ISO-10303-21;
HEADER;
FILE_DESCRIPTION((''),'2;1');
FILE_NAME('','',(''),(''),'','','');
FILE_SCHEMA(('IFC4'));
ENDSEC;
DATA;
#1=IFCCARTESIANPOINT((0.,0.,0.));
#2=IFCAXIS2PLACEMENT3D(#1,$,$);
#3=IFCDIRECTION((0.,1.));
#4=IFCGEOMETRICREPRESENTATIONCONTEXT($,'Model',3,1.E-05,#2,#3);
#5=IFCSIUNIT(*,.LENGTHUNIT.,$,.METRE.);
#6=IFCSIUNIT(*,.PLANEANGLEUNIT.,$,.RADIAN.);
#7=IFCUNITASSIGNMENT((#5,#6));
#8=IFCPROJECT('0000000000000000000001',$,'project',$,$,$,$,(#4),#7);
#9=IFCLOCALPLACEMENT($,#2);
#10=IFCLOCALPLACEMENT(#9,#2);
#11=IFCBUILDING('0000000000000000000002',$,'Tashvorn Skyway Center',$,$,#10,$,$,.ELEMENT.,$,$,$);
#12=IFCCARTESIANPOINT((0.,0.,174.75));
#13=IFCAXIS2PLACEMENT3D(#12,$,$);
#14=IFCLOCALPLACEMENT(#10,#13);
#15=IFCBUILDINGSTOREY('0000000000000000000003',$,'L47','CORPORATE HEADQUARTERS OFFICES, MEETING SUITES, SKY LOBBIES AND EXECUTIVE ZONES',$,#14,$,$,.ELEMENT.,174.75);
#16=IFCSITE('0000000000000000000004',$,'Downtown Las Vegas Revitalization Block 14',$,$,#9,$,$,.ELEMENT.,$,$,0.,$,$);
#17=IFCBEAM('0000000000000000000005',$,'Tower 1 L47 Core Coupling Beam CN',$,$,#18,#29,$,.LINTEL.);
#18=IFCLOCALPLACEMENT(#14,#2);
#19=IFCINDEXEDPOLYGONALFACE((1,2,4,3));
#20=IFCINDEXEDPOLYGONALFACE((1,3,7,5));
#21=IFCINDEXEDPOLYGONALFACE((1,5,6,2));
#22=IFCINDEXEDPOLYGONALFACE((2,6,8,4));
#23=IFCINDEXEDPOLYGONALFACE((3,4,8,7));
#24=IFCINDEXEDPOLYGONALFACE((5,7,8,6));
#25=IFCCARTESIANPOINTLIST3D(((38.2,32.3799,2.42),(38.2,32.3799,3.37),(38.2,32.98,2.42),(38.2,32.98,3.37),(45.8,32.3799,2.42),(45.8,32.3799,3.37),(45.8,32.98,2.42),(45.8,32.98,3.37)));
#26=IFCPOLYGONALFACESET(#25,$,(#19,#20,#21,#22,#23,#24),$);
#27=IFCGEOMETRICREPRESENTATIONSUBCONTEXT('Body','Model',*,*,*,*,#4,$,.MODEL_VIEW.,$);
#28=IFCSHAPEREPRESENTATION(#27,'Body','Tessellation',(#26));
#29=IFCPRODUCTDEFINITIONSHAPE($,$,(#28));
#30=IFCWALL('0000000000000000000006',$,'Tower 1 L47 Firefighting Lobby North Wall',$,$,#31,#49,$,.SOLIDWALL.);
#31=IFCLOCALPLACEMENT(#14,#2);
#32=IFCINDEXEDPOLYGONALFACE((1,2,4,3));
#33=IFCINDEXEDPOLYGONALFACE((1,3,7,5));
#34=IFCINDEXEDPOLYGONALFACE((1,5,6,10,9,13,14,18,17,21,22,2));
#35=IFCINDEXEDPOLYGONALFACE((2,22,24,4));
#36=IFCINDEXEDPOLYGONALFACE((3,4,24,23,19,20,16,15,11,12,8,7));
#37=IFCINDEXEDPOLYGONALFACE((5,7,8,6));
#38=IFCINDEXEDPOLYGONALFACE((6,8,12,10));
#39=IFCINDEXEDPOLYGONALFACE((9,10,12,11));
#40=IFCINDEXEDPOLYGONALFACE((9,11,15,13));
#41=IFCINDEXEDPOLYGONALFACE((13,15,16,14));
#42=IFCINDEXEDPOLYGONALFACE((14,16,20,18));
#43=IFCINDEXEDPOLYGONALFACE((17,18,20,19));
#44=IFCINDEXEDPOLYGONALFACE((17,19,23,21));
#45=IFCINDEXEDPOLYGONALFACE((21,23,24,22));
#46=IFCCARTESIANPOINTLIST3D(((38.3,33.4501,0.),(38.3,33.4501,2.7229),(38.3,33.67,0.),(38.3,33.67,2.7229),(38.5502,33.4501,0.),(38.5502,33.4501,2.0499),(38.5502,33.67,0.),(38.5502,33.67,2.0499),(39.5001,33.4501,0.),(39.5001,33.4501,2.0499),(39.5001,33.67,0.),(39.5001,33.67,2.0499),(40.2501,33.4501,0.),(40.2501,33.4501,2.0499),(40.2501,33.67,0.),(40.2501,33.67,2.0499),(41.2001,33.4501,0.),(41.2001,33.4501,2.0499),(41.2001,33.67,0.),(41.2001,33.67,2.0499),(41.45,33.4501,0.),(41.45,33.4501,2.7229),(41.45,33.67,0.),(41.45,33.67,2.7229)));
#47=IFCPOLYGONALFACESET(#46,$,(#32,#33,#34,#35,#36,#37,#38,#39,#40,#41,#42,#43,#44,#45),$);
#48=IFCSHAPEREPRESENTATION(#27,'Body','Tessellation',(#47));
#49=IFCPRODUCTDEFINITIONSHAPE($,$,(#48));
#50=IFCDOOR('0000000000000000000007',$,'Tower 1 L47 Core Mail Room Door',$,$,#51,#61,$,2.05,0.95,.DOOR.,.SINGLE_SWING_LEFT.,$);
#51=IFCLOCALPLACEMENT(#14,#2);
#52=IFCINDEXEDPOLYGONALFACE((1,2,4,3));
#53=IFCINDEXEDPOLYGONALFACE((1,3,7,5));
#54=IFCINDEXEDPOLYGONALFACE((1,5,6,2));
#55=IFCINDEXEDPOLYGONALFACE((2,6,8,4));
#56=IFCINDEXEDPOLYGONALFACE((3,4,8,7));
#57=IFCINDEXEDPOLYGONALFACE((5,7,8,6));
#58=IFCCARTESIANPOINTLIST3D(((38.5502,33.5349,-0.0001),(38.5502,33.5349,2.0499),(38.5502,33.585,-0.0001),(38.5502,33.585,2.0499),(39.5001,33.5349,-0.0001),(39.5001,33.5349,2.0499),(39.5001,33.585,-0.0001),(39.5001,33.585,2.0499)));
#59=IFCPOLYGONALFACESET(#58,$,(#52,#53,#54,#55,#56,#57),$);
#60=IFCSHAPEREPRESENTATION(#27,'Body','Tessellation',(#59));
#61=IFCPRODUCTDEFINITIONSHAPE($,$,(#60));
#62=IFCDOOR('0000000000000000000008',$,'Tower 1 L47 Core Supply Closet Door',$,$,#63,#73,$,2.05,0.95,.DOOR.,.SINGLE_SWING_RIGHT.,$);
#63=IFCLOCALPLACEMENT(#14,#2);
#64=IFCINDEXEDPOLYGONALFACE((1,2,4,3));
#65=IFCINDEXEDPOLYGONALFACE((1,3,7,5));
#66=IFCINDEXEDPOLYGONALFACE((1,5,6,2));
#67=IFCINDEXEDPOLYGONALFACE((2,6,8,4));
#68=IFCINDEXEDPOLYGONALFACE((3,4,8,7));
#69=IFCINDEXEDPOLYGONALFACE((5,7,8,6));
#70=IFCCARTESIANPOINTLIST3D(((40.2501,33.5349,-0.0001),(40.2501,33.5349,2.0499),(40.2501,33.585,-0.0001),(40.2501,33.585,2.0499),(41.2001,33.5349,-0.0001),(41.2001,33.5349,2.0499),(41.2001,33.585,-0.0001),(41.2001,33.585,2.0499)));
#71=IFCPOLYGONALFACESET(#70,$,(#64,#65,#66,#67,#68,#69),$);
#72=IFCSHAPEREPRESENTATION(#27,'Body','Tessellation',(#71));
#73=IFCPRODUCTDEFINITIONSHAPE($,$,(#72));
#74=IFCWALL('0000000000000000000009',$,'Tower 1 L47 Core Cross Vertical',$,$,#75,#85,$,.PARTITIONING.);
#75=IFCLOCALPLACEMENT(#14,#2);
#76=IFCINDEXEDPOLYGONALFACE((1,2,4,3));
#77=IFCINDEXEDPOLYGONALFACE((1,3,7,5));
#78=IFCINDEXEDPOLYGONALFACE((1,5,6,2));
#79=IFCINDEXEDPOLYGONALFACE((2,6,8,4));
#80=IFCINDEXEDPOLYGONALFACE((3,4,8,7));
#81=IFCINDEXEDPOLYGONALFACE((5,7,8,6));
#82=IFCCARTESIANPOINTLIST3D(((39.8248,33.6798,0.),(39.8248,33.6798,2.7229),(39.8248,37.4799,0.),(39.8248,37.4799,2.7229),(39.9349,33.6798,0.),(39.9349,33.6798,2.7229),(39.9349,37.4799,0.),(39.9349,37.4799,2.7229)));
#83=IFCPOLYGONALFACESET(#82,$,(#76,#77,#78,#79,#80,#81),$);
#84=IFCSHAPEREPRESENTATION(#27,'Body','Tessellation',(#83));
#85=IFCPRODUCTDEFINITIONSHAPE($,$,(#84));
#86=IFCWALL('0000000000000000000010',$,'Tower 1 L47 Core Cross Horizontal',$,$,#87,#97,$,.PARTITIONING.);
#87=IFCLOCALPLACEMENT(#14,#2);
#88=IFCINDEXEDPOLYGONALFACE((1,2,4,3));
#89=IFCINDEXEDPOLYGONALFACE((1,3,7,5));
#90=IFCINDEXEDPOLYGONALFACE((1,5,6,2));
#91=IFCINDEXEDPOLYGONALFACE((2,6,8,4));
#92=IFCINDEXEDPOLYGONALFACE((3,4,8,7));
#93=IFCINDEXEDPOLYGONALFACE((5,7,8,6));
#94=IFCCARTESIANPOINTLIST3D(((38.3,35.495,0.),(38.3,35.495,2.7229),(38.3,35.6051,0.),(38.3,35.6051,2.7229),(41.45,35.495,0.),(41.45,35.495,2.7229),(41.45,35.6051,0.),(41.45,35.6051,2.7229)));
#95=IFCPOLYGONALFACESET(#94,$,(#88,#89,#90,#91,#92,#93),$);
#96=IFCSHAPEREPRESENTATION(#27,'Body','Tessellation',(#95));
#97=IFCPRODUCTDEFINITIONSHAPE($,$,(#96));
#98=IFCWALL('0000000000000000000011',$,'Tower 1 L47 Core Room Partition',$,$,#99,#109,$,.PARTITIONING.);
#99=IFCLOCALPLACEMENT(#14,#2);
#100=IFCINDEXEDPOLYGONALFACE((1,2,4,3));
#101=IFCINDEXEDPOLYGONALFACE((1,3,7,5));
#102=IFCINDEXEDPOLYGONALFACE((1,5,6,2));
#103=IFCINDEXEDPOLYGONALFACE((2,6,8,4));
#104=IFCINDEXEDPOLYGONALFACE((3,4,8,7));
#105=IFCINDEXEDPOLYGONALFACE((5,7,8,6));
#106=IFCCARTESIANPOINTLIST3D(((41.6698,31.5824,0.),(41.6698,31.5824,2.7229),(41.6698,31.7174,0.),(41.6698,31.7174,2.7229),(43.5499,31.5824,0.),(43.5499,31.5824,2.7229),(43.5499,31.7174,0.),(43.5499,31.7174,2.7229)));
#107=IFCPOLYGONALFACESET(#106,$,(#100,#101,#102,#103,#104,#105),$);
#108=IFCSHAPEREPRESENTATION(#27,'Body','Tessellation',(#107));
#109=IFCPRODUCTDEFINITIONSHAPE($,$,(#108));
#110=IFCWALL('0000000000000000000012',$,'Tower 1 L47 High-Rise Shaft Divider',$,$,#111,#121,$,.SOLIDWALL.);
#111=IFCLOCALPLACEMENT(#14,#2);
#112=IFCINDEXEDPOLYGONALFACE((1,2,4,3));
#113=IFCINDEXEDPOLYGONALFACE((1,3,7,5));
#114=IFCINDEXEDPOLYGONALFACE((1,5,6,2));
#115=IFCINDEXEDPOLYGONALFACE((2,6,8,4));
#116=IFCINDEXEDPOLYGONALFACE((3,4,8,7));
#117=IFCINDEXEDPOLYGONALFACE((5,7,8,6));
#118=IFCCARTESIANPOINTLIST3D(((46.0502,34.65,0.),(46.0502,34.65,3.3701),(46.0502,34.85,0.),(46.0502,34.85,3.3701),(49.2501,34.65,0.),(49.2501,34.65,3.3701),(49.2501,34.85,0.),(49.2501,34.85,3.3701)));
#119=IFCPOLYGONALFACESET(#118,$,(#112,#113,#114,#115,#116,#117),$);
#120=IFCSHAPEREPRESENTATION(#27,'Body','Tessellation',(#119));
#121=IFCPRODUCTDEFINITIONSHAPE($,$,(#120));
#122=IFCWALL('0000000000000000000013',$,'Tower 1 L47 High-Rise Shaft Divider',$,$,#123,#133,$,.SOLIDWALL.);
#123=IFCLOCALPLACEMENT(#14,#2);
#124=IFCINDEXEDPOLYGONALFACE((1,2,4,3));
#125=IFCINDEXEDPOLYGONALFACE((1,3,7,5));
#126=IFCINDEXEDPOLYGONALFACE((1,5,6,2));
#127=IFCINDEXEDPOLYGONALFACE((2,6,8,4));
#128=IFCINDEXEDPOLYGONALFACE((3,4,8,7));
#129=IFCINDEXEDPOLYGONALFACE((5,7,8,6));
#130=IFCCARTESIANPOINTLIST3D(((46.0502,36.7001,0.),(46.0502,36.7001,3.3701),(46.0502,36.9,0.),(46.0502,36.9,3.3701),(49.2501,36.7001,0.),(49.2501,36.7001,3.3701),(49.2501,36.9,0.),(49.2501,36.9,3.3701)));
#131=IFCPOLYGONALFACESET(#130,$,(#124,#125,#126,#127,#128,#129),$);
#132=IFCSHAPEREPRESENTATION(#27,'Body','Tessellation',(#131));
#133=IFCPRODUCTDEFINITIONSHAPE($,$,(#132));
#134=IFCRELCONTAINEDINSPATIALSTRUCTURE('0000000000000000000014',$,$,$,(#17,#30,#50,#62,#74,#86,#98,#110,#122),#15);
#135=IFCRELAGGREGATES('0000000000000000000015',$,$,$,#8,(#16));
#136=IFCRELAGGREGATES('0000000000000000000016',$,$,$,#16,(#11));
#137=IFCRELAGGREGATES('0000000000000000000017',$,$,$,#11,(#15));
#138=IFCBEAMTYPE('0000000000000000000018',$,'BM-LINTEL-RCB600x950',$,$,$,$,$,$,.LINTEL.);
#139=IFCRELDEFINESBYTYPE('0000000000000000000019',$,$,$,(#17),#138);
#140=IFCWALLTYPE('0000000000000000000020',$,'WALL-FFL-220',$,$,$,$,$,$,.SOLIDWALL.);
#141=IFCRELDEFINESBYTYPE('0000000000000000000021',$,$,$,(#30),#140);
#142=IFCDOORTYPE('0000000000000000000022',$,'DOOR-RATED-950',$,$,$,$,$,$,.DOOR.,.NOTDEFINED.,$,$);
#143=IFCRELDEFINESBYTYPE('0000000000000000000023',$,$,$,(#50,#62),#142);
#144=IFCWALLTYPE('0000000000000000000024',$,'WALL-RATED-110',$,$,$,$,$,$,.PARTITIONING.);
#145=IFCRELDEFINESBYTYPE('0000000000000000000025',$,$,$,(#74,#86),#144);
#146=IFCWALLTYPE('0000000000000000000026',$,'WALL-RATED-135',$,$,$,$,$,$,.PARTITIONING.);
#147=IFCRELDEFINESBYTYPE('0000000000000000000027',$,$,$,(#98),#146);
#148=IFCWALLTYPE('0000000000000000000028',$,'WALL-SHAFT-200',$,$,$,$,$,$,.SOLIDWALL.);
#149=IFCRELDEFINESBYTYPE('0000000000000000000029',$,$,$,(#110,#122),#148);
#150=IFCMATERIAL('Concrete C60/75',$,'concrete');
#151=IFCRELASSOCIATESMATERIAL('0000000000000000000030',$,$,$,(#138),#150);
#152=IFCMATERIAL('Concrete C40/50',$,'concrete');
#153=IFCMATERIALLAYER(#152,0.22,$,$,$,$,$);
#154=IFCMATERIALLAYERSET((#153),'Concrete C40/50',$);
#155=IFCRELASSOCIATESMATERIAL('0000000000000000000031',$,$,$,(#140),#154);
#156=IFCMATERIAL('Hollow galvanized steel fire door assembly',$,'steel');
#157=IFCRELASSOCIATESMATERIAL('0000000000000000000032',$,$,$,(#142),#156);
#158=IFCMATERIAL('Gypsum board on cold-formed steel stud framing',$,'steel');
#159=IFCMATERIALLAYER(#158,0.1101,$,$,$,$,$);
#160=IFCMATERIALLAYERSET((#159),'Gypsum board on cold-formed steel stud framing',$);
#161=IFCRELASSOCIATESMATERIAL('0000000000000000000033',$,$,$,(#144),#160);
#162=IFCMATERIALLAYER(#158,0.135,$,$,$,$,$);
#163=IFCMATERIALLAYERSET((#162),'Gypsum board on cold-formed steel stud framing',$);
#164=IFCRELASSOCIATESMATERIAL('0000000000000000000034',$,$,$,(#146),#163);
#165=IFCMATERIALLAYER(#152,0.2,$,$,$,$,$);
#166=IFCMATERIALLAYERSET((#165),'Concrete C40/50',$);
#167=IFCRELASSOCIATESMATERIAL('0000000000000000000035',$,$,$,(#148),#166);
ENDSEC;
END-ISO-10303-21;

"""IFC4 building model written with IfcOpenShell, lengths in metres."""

from ifc_helpers import new_model, si_unit, direction, frame, frame_2d, origin, origin_2d, place, context, subcontext, project, spatial, rectangle, extrude, material, layer, layer_set, material_profile, profile_set, type_object, element, fill, save


model = new_model("IFC4")

# Units and contexts
model_context = context("Model", 3, precision=1e-05, world=origin(), true_north=direction((0.0, 1.0)))
body_context = subcontext(model_context, "Body", "Model", "MODEL_VIEW")
ifc_project = project(units=[si_unit("LENGTHUNIT", "METRE"), si_unit("PLANEANGLEUNIT", "RADIAN")], contexts=[model_context])

# Site, building, storey
site_placement = place(None, origin())
site = spatial("IfcSite", under=ifc_project, at=site_placement, Name="Downtown Las Vegas Revitalization Block 14", CompositionType="ELEMENT", RefElevation=0.0)
building_placement = place(site_placement, origin())
building = spatial("IfcBuilding", under=site, at=building_placement, Name="Tashvorn Skyway Center", CompositionType="ELEMENT")
storey_placement = place(building_placement, frame((0.0, 0.0, 174.75)))
storey = spatial("IfcBuildingStorey", under=building, at=storey_placement, Name="L47", Description="CORPORATE HEADQUARTERS OFFICES, MEETING SUITES, SKY LOBBIES AND EXECUTIVE ZONES", CompositionType="ELEMENT", Elevation=174.75)

# Beam
ifc_material_1 = material(Name="Concrete C60/75", Category="concrete")
ifc_material_profile = material_profile(ifc_material_1, rectangle(XDim=0.6001, YDim=0.95, at=origin_2d()), Name="RCB600x950")
ifc_profile_set = profile_set([ifc_material_profile], Name="Concrete C60/75")
beam_type = type_object("IfcBeamType", Name="BM-LINTEL-RCB600x950", PredefinedType="LINTEL", material=ifc_profile_set)
beam_placement = place(storey_placement, frame((38.2, 32.6799, 2.895), z_axis=(1.0, 0.0, 0.0), x_axis=(0.0, 1.0, 0.0)))
element("IfcBeam", 1, at=beam_placement, inside=storey, type_object=beam_type, Name="Tower 1 L47 Core Coupling Beam CN", PredefinedType="LINTEL", context=body_context, shape_type="SweptSolid", body=[
    extrude(rectangle(XDim=0.6001, YDim=0.95, at=origin_2d()), origin(), (0.0, 0.0, 1.0), 7.6001),
])

# Wall, openings, doors
ifc_material_2 = material(Name="Concrete C40/50", Category="concrete")
ifc_layer_1 = layer(ifc_material_2, 0.22)
ifc_layer_set_1 = layer_set([ifc_layer_1], Name="Concrete C40/50")
wall_type_1 = type_object("IfcWallType", Name="WALL-FFL-220", PredefinedType="SOLIDWALL", material=ifc_layer_set_1)
wall_1_placement = place(storey_placement, frame((38.3, 33.5601, 0.0), z_axis=(0.0, 0.0, 1.0), x_axis=(1.0, 0.0, 0.0)))
wall_1 = element("IfcWall", 2, at=wall_1_placement, inside=storey, type_object=wall_type_1, Name="Tower 1 L47 Firefighting Lobby North Wall", PredefinedType="SOLIDWALL", context=body_context, shape_type="SweptSolid", body=[
    extrude(rectangle(XDim=3.1499, YDim=0.22, at=frame_2d((1.575, 0.0))), origin(), (0.0, 0.0, 1.0), 2.7229),
])
opening_1_placement = place(wall_1_placement, frame((0.25, 0.0, 0.0)))
opening_1 = element("IfcOpeningElement", 3, at=opening_1_placement, cuts=wall_1, PredefinedType="OPENING", context=body_context, shape_type="SweptSolid", body=[
    extrude(rectangle(XDim=0.95, YDim=2.05, at=frame_2d((0.4751, 1.0249))), frame((0.0, 0.1199, 0.0), z_axis=(0.0, -1.0, 0.0), x_axis=(1.0, 0.0, 0.0)), (0.0, 0.0, 1.0), 0.24),
])
opening_2_placement = place(wall_1_placement, frame((1.95, 0.0, 0.0)))
opening_2 = element("IfcOpeningElement", 4, at=opening_2_placement, cuts=wall_1, PredefinedType="OPENING", context=body_context, shape_type="SweptSolid", body=[
    extrude(rectangle(XDim=0.95, YDim=2.05, at=frame_2d((0.4751, 1.0249))), frame((0.0, 0.1199, 0.0), z_axis=(0.0, -1.0, 0.0), x_axis=(1.0, 0.0, 0.0)), (0.0, 0.0, 1.0), 0.24),
])
ifc_material_3 = material(Name="Hollow galvanized steel fire door assembly", Category="steel")
door_type_1 = type_object("IfcDoorType", Name="DOOR-RATED-950", OperationType="NOTDEFINED", PredefinedType="DOOR", material=ifc_material_3)
door_1_placement = place(opening_1_placement, origin())
door_1 = element("IfcDoor", 5, at=door_1_placement, inside=storey, type_object=door_type_1, Name="Tower 1 L47 Core Mail Room Door", OperationType="SINGLE_SWING_LEFT", OverallHeight=2.05, OverallWidth=0.95, PredefinedType="DOOR", context=body_context, shape_type="SweptSolid", body=[
    extrude(rectangle(XDim=0.95, YDim=2.05, at=frame_2d((0.4751, 1.0249))), frame((0.0, 0.0249, 0.0), z_axis=(0.0, -1.0, 0.0), x_axis=(1.0, 0.0, 0.0)), (0.0, 0.0, 1.0), 0.05),
])
fill(opening_1, door_1)
door_2_placement = place(opening_2_placement, origin())
door_2 = element("IfcDoor", 6, at=door_2_placement, inside=storey, type_object=door_type_1, Name="Tower 1 L47 Core Supply Closet Door", OperationType="SINGLE_SWING_RIGHT", OverallHeight=2.05, OverallWidth=0.95, PredefinedType="DOOR", context=body_context, shape_type="SweptSolid", body=[
    extrude(rectangle(XDim=0.95, YDim=2.05, at=frame_2d((0.4751, 1.0249))), frame((0.0, 0.0249, 0.0), z_axis=(0.0, -1.0, 0.0), x_axis=(1.0, 0.0, 0.0)), (0.0, 0.0, 1.0), 0.05),
])
fill(opening_2, door_2)

# Walls
ifc_material_4 = material(Name="Gypsum board on cold-formed steel stud framing", Category="steel")
ifc_layer_2 = layer(ifc_material_4, 0.1101)
ifc_layer_set_2 = layer_set([ifc_layer_2], Name="Gypsum board on cold-formed steel stud framing")
wall_type_2 = type_object("IfcWallType", Name="WALL-RATED-110", PredefinedType="PARTITIONING", material=ifc_layer_set_2)
wall_2_placement = place(storey_placement, frame((39.8799, 33.6799, 0.0), z_axis=(0.0, 0.0, 1.0), x_axis=(0.0, 1.0, 0.0)))
element("IfcWall", 7, at=wall_2_placement, inside=storey, type_object=wall_type_2, Name="Tower 1 L47 Core Cross Vertical", PredefinedType="PARTITIONING", context=body_context, shape_type="SweptSolid", body=[
    extrude(rectangle(XDim=3.8, YDim=0.1101, at=frame_2d((1.8999, 0.0))), origin(), (0.0, 0.0, 1.0), 2.7229),
])
wall_3_placement = place(storey_placement, frame((38.3, 35.55, 0.0), z_axis=(0.0, 0.0, 1.0), x_axis=(1.0, 0.0, 0.0)))
element("IfcWall", 8, at=wall_3_placement, inside=storey, type_object=wall_type_2, Name="Tower 1 L47 Core Cross Horizontal", PredefinedType="PARTITIONING", context=body_context, shape_type="SweptSolid", body=[
    extrude(rectangle(XDim=3.1499, YDim=0.1101, at=frame_2d((1.575, 0.0))), origin(), (0.0, 0.0, 1.0), 2.7229),
])
ifc_layer_3 = layer(ifc_material_4, 0.135)
ifc_layer_set_3 = layer_set([ifc_layer_3], Name="Gypsum board on cold-formed steel stud framing")
wall_type_3 = type_object("IfcWallType", Name="WALL-RATED-135", PredefinedType="PARTITIONING", material=ifc_layer_set_3)
wall_4_placement = place(storey_placement, frame((41.6699, 31.6499, 0.0), z_axis=(0.0, 0.0, 1.0), x_axis=(1.0, 0.0, 0.0)))
element("IfcWall", 9, at=wall_4_placement, inside=storey, type_object=wall_type_3, Name="Tower 1 L47 Core Room Partition", PredefinedType="PARTITIONING", context=body_context, shape_type="SweptSolid", body=[
    extrude(rectangle(XDim=1.8801, YDim=0.135, at=frame_2d((0.9399, 0.0))), origin(), (0.0, 0.0, 1.0), 2.7229),
])
ifc_layer_4 = layer(ifc_material_2, 0.2)
ifc_layer_set_4 = layer_set([ifc_layer_4], Name="Concrete C40/50")
wall_type_4 = type_object("IfcWallType", Name="WALL-SHAFT-200", PredefinedType="SOLIDWALL", material=ifc_layer_set_4)
for number, where, z_axis, x_axis, name in (
    (10, (46.05, 34.75, 0.0), (0.0, 0.0, 1.0), (1.0, 0.0, 0.0), "Tower 1 L47 High-Rise Shaft Divider"),
    (11, (46.05, 36.8, 0.0), (0.0, 0.0, 1.0), (1.0, 0.0, 0.0), "Tower 1 L47 High-Rise Shaft Divider"),
):
    element("IfcWall", number, at=place(storey_placement, frame(where, z_axis=z_axis, x_axis=x_axis)), inside=storey, type_object=wall_type_4, Name=name, PredefinedType="SOLIDWALL", context=body_context, shape_type="SweptSolid", body=[
        extrude(rectangle(XDim=3.2, YDim=0.2, at=frame_2d((1.6001, 0.0))), origin(), (0.0, 0.0, 1.0), 3.3701),
    ])

save(model, "model.ifc")
